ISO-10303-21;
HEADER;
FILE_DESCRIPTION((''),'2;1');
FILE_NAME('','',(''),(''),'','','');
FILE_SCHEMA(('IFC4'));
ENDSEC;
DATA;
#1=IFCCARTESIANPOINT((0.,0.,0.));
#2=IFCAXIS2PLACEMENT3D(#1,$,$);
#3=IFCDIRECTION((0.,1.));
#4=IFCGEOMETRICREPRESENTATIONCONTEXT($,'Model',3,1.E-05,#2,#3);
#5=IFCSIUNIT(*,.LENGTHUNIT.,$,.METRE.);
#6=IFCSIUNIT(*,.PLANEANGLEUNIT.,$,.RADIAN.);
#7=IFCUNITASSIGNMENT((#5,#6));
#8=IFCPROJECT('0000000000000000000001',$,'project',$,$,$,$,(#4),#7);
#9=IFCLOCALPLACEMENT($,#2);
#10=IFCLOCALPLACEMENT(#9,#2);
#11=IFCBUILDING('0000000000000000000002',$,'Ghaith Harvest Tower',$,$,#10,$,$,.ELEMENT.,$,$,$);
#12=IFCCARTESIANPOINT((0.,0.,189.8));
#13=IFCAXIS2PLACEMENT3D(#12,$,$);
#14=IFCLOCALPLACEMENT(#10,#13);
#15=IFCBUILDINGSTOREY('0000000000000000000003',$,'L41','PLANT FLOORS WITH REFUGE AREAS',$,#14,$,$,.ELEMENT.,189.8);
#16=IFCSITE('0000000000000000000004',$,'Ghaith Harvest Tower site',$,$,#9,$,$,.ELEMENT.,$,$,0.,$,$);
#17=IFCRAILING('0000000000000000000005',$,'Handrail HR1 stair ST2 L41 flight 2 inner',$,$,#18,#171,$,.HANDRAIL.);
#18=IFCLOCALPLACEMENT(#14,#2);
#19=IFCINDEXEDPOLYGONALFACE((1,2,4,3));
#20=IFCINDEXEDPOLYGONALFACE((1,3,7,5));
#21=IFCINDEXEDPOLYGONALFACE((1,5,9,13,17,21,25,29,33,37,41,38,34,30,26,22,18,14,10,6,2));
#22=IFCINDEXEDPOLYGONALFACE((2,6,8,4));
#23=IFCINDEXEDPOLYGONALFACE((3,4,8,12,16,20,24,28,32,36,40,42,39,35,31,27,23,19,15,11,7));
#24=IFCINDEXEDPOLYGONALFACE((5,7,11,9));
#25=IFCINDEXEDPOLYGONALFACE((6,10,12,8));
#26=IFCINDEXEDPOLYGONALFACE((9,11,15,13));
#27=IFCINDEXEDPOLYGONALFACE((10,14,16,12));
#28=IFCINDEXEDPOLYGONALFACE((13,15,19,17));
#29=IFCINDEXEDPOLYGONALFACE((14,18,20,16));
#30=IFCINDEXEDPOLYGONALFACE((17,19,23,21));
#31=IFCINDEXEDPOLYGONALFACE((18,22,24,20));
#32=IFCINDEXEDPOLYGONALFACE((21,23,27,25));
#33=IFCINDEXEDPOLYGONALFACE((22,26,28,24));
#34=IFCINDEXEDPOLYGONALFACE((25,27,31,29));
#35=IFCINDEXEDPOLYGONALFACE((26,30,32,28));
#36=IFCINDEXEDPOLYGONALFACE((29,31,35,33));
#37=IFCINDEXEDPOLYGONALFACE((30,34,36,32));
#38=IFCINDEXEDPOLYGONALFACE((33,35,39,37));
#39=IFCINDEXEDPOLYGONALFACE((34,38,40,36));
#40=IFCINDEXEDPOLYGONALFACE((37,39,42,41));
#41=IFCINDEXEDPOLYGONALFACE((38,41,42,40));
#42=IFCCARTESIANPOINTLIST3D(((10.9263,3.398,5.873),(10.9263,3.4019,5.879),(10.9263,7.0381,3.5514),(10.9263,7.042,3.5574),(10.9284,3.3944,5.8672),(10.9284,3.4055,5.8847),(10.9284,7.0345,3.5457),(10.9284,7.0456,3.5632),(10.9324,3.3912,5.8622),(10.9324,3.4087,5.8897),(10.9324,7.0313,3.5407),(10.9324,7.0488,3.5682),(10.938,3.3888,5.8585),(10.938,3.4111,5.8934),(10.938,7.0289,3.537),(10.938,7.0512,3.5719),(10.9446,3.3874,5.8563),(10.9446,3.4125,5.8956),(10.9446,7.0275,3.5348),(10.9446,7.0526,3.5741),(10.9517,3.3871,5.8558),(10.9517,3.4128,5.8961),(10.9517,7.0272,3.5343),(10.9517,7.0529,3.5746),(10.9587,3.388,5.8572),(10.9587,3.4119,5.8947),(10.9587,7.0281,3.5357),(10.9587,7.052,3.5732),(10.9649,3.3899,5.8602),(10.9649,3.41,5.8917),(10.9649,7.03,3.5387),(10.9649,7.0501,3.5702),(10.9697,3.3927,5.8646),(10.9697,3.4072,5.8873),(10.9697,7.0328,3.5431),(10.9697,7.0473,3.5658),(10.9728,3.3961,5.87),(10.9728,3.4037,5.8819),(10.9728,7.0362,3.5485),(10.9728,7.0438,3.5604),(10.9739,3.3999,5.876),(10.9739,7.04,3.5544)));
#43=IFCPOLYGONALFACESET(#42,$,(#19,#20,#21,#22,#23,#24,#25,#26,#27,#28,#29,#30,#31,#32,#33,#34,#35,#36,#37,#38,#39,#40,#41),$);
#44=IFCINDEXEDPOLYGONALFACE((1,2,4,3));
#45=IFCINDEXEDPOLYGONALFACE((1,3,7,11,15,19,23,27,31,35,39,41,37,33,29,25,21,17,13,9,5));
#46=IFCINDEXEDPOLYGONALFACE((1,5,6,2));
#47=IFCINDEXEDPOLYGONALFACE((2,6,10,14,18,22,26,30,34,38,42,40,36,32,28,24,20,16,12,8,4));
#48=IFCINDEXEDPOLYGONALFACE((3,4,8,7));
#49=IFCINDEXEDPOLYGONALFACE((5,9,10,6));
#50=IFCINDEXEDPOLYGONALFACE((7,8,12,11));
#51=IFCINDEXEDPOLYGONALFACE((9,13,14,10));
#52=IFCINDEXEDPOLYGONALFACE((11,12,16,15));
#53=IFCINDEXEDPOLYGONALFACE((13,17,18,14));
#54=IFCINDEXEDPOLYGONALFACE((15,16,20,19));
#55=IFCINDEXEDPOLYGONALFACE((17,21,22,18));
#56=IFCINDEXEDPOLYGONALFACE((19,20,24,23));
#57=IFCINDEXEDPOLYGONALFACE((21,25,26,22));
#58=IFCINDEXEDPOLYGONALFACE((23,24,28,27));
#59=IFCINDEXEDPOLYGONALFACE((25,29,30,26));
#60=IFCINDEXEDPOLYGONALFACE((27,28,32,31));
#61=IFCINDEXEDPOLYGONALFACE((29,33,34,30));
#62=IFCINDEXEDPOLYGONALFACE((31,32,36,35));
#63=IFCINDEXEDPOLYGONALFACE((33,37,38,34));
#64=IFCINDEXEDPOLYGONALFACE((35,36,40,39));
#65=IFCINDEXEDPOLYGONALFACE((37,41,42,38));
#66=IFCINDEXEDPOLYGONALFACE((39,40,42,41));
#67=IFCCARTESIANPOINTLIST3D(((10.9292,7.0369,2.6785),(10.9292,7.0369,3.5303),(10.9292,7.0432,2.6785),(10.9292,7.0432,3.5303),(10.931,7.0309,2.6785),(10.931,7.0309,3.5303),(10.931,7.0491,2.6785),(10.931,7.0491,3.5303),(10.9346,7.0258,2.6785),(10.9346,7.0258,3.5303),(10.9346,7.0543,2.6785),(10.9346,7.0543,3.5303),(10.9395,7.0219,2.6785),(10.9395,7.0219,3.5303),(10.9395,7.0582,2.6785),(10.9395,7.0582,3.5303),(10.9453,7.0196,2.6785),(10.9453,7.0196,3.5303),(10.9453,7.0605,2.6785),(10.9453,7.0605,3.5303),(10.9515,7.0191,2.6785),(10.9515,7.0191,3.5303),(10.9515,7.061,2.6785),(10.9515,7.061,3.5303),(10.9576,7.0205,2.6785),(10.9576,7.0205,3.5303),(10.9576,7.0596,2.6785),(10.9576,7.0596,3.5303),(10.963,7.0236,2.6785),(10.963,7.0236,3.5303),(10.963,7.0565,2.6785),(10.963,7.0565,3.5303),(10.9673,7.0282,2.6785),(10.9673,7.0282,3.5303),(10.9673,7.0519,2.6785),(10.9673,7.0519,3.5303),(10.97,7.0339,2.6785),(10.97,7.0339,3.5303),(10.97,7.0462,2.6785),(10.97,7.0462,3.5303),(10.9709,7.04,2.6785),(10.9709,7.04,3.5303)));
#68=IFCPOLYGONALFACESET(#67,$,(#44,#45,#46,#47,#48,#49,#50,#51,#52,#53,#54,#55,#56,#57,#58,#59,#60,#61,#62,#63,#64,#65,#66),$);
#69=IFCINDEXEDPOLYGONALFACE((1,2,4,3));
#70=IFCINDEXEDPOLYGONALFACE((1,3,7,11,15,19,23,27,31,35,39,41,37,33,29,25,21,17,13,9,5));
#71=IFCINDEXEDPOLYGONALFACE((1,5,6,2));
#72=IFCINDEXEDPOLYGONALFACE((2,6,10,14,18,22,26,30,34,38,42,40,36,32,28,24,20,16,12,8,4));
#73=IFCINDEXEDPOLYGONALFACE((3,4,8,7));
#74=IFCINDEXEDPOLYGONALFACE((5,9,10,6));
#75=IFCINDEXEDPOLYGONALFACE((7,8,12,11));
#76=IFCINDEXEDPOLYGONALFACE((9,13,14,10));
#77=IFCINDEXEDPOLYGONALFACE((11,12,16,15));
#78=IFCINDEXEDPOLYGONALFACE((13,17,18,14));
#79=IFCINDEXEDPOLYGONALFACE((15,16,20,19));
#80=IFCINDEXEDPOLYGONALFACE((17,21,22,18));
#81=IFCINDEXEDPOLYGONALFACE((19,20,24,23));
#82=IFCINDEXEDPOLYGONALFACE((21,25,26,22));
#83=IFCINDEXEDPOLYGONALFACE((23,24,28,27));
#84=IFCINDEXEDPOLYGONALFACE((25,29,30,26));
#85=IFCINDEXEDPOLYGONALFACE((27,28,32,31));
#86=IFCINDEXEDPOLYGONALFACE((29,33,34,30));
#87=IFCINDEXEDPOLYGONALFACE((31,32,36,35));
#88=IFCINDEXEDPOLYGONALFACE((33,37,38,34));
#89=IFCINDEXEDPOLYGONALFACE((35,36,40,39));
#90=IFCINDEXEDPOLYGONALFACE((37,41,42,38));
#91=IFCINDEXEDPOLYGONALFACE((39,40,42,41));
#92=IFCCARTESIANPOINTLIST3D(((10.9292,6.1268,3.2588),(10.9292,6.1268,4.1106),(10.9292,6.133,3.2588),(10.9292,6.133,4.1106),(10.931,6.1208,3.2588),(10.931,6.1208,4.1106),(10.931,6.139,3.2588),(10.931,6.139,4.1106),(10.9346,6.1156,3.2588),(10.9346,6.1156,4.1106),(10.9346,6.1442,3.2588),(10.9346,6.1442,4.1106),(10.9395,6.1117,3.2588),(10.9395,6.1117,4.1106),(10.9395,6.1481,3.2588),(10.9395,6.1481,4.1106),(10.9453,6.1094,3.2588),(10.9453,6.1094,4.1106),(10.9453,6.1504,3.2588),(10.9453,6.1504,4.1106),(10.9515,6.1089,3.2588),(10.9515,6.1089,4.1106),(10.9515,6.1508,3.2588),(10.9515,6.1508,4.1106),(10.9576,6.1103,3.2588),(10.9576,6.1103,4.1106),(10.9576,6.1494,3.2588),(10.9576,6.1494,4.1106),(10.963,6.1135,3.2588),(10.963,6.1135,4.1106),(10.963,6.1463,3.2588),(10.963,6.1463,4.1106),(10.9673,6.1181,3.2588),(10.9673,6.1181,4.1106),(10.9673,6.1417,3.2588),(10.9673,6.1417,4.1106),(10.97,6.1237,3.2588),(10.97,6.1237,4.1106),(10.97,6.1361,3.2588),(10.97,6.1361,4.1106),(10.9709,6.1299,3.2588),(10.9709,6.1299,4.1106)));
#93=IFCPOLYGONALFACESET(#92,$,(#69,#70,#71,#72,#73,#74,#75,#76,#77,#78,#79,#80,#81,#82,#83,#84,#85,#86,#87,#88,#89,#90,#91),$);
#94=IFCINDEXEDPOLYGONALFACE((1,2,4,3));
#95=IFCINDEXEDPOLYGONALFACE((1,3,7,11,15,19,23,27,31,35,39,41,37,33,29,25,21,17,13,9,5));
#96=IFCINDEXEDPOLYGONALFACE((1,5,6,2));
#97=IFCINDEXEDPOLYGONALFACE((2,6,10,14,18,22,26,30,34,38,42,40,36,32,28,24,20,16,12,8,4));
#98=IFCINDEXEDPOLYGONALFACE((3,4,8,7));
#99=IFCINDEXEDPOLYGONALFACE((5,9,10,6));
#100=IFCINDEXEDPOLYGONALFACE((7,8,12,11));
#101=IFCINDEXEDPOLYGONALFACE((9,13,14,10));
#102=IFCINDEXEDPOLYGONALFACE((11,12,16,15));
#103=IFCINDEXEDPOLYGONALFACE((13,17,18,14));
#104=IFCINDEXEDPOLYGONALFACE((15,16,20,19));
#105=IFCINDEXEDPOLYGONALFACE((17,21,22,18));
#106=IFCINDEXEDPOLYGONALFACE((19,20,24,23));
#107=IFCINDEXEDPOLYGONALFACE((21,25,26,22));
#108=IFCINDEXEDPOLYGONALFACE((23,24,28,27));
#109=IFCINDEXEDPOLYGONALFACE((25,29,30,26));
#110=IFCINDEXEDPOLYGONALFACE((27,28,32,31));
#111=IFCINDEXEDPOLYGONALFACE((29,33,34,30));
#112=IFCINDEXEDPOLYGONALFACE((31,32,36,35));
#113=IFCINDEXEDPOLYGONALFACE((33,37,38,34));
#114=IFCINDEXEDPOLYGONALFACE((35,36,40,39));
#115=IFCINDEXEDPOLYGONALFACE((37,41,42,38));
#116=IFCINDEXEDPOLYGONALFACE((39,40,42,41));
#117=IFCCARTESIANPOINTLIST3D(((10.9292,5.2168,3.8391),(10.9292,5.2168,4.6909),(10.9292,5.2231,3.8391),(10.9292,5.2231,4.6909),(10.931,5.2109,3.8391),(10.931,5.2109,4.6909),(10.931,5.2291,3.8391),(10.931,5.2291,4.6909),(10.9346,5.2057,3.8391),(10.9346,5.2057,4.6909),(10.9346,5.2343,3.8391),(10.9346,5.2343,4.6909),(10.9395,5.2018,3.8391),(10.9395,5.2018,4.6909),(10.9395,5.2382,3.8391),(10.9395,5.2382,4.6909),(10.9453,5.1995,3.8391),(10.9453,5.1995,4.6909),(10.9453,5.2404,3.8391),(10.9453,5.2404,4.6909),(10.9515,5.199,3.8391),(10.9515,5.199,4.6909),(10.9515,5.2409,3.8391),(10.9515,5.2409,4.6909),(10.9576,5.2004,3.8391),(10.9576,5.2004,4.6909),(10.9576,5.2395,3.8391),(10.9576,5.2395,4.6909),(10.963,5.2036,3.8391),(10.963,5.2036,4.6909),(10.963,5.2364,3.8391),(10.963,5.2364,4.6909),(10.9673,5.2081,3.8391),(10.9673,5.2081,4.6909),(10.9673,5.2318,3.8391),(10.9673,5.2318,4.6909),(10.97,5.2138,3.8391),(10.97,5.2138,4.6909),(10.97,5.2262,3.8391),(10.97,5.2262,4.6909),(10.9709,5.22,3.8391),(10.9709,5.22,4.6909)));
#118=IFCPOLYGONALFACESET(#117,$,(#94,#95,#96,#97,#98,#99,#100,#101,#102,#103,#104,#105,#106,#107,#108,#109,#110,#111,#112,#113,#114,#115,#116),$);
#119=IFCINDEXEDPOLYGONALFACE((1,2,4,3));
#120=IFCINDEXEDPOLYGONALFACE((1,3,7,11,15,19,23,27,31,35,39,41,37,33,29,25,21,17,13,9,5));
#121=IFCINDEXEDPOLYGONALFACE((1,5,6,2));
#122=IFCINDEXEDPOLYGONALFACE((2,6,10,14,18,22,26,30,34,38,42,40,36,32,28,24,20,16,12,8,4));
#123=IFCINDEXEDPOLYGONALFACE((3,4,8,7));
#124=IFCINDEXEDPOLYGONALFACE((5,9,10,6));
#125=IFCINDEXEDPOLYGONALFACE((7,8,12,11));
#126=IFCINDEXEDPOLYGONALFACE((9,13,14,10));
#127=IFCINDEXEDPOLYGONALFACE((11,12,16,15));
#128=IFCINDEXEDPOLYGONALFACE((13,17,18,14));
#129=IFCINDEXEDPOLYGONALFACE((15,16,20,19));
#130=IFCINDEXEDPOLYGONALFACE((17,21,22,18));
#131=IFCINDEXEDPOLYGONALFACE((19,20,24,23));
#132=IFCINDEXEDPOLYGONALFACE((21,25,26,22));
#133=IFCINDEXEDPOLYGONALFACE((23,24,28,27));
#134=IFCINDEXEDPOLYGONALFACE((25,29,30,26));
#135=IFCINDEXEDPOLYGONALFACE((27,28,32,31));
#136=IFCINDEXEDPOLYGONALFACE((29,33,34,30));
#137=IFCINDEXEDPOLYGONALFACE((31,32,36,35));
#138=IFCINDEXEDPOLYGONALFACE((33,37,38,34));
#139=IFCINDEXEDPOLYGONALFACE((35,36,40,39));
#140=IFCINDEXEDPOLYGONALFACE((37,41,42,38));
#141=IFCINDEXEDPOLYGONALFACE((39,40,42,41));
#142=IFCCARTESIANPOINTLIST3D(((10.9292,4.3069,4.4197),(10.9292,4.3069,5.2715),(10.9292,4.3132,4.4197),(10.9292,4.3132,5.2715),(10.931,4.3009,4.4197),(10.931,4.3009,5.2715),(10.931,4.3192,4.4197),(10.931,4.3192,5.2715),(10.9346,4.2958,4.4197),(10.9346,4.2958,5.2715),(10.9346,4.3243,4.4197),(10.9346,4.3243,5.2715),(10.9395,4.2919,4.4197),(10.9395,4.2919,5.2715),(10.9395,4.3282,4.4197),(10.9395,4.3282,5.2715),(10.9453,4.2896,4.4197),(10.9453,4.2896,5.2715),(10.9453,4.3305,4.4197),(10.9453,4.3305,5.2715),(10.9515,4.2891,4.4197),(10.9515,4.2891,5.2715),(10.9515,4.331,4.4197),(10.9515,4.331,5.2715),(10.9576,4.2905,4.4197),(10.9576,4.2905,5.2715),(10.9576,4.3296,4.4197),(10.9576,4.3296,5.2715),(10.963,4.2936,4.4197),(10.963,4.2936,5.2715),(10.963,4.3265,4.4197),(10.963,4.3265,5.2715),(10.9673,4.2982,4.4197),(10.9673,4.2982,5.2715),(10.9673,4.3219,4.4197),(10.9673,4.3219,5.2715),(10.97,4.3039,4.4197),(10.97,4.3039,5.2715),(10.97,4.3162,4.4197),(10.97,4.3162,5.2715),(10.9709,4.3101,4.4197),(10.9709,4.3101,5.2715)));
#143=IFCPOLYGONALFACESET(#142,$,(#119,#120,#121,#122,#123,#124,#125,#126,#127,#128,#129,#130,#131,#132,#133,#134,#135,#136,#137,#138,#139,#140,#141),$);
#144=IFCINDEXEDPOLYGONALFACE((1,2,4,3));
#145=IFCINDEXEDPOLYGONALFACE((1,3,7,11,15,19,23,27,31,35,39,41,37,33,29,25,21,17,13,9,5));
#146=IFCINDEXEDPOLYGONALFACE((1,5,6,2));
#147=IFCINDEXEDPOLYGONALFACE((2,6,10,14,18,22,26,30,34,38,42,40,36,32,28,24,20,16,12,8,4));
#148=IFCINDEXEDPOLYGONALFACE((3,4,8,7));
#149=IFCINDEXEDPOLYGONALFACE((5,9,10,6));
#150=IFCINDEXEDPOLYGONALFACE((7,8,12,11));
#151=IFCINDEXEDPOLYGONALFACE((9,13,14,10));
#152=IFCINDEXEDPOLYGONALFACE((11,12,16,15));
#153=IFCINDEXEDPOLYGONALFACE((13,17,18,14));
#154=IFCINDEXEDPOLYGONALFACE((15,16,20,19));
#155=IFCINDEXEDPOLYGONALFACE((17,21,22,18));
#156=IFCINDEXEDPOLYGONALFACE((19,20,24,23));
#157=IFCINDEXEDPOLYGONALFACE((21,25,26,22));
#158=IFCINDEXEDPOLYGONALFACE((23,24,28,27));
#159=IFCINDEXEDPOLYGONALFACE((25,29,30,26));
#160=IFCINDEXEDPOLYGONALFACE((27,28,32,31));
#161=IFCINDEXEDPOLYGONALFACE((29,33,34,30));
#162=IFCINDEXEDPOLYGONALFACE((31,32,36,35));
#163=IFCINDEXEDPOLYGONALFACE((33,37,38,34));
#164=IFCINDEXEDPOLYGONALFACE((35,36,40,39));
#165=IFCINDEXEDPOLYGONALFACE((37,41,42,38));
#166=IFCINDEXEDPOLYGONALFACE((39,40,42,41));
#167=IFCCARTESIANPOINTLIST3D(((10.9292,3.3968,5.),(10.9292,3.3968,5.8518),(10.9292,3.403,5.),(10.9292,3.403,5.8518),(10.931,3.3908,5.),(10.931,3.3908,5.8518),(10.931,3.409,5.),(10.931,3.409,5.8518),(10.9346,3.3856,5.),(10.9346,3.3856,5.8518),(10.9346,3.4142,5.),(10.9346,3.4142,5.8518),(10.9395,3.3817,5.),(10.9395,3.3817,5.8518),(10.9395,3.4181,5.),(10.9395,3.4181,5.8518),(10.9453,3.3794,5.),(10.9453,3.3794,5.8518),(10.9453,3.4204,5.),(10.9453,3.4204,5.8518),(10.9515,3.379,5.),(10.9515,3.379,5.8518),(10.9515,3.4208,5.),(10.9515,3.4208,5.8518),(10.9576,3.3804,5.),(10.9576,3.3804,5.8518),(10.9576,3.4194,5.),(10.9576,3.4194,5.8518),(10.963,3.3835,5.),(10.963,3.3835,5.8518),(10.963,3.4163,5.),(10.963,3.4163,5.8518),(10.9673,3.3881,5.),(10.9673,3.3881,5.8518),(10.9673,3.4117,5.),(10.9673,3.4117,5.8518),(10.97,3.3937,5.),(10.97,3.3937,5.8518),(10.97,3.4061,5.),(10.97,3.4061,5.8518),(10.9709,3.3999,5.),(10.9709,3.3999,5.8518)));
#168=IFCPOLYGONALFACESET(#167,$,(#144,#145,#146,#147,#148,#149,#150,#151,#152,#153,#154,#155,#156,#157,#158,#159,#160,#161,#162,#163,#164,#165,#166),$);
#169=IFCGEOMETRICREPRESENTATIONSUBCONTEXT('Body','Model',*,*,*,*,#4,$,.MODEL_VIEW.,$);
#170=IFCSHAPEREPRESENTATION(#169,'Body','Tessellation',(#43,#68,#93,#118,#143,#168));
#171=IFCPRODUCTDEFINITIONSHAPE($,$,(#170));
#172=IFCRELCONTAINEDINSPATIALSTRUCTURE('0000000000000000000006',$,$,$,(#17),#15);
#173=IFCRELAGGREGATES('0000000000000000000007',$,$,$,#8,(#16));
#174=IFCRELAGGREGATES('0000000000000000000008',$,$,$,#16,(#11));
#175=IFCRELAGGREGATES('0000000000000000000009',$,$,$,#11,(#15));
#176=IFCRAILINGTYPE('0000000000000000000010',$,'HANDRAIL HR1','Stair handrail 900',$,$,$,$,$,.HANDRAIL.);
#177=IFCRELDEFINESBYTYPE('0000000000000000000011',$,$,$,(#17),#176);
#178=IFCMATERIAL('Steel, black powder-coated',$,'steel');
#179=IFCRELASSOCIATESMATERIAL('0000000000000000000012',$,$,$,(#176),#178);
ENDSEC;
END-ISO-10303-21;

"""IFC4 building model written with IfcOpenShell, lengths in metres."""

from ifc_helpers import new_model, si_unit, direction, frame, origin, origin_2d, place, context, subcontext, project, spatial, circle, extrude, material, type_object, element, save


model = new_model("IFC4")

# Units and contexts
model_context = context("Model", 3, precision=1e-05, world=origin(), true_north=direction((0.0, 1.0)))
body_context = subcontext(model_context, "Body", "Model", "MODEL_VIEW")
ifc_project = project(units=[si_unit("LENGTHUNIT", "METRE"), si_unit("PLANEANGLEUNIT", "RADIAN")], contexts=[model_context])

# Site, building, storey
site_placement = place(None, origin())
site = spatial("IfcSite", under=ifc_project, at=site_placement, Name="Ghaith Harvest Tower site", CompositionType="ELEMENT", RefElevation=0.0)
building_placement = place(site_placement, origin())
building = spatial("IfcBuilding", under=site, at=building_placement, Name="Ghaith Harvest Tower", CompositionType="ELEMENT")
storey_placement = place(building_placement, frame((0.0, 0.0, 189.8)))
storey = spatial("IfcBuildingStorey", under=building, at=storey_placement, Name="L41", Description="PLANT FLOORS WITH REFUGE AREAS", CompositionType="ELEMENT", Elevation=189.8)

# Railing
ifc_material_1 = material(Name="Steel, black powder-coated", Category="steel")
railing_type = type_object("IfcRailingType", Name="HANDRAIL HR1", Description="Stair handrail 900", PredefinedType="HANDRAIL", material=ifc_material_1)
railing_1_placement = place(storey_placement, frame((10.95, 7.04, 2.6785)))
element("IfcRailing", 1, at=railing_1_placement, inside=storey, type_object=railing_type, Name="Handrail HR1 stair ST2 L41 flight 2 inner", PredefinedType="HANDRAIL", context=body_context, shape_type="SweptSolid", body=[
    extrude(circle(Radius=0.0239, at=origin_2d()), frame((0.0, 0.0, 0.876), z_axis=(0.0, -0.843128, 0.537713), x_axis=(1.0, 0.0, 0.0)), (0.0, 0.0, 1.0), 4.3174),
    extrude(circle(Radius=0.021, at=origin_2d()), origin(), (0.0, 0.0, 1.0), 0.8518),
    extrude(circle(Radius=0.021, at=origin_2d()), frame((0.0, -0.9102, 0.5803)), (0.0, 0.0, 1.0), 0.8518),
    extrude(circle(Radius=0.021, at=origin_2d()), frame((0.0, -1.8201, 1.1606)), (0.0, 0.0, 1.0), 0.8518),
    extrude(circle(Radius=0.021, at=origin_2d()), frame((0.0, -2.73, 1.7412)), (0.0, 0.0, 1.0), 0.8518),
    extrude(circle(Radius=0.021, at=origin_2d()), frame((0.0, -3.6401, 2.3215)), (0.0, 0.0, 1.0), 0.8518),
])

save(model, "model.ifc")
